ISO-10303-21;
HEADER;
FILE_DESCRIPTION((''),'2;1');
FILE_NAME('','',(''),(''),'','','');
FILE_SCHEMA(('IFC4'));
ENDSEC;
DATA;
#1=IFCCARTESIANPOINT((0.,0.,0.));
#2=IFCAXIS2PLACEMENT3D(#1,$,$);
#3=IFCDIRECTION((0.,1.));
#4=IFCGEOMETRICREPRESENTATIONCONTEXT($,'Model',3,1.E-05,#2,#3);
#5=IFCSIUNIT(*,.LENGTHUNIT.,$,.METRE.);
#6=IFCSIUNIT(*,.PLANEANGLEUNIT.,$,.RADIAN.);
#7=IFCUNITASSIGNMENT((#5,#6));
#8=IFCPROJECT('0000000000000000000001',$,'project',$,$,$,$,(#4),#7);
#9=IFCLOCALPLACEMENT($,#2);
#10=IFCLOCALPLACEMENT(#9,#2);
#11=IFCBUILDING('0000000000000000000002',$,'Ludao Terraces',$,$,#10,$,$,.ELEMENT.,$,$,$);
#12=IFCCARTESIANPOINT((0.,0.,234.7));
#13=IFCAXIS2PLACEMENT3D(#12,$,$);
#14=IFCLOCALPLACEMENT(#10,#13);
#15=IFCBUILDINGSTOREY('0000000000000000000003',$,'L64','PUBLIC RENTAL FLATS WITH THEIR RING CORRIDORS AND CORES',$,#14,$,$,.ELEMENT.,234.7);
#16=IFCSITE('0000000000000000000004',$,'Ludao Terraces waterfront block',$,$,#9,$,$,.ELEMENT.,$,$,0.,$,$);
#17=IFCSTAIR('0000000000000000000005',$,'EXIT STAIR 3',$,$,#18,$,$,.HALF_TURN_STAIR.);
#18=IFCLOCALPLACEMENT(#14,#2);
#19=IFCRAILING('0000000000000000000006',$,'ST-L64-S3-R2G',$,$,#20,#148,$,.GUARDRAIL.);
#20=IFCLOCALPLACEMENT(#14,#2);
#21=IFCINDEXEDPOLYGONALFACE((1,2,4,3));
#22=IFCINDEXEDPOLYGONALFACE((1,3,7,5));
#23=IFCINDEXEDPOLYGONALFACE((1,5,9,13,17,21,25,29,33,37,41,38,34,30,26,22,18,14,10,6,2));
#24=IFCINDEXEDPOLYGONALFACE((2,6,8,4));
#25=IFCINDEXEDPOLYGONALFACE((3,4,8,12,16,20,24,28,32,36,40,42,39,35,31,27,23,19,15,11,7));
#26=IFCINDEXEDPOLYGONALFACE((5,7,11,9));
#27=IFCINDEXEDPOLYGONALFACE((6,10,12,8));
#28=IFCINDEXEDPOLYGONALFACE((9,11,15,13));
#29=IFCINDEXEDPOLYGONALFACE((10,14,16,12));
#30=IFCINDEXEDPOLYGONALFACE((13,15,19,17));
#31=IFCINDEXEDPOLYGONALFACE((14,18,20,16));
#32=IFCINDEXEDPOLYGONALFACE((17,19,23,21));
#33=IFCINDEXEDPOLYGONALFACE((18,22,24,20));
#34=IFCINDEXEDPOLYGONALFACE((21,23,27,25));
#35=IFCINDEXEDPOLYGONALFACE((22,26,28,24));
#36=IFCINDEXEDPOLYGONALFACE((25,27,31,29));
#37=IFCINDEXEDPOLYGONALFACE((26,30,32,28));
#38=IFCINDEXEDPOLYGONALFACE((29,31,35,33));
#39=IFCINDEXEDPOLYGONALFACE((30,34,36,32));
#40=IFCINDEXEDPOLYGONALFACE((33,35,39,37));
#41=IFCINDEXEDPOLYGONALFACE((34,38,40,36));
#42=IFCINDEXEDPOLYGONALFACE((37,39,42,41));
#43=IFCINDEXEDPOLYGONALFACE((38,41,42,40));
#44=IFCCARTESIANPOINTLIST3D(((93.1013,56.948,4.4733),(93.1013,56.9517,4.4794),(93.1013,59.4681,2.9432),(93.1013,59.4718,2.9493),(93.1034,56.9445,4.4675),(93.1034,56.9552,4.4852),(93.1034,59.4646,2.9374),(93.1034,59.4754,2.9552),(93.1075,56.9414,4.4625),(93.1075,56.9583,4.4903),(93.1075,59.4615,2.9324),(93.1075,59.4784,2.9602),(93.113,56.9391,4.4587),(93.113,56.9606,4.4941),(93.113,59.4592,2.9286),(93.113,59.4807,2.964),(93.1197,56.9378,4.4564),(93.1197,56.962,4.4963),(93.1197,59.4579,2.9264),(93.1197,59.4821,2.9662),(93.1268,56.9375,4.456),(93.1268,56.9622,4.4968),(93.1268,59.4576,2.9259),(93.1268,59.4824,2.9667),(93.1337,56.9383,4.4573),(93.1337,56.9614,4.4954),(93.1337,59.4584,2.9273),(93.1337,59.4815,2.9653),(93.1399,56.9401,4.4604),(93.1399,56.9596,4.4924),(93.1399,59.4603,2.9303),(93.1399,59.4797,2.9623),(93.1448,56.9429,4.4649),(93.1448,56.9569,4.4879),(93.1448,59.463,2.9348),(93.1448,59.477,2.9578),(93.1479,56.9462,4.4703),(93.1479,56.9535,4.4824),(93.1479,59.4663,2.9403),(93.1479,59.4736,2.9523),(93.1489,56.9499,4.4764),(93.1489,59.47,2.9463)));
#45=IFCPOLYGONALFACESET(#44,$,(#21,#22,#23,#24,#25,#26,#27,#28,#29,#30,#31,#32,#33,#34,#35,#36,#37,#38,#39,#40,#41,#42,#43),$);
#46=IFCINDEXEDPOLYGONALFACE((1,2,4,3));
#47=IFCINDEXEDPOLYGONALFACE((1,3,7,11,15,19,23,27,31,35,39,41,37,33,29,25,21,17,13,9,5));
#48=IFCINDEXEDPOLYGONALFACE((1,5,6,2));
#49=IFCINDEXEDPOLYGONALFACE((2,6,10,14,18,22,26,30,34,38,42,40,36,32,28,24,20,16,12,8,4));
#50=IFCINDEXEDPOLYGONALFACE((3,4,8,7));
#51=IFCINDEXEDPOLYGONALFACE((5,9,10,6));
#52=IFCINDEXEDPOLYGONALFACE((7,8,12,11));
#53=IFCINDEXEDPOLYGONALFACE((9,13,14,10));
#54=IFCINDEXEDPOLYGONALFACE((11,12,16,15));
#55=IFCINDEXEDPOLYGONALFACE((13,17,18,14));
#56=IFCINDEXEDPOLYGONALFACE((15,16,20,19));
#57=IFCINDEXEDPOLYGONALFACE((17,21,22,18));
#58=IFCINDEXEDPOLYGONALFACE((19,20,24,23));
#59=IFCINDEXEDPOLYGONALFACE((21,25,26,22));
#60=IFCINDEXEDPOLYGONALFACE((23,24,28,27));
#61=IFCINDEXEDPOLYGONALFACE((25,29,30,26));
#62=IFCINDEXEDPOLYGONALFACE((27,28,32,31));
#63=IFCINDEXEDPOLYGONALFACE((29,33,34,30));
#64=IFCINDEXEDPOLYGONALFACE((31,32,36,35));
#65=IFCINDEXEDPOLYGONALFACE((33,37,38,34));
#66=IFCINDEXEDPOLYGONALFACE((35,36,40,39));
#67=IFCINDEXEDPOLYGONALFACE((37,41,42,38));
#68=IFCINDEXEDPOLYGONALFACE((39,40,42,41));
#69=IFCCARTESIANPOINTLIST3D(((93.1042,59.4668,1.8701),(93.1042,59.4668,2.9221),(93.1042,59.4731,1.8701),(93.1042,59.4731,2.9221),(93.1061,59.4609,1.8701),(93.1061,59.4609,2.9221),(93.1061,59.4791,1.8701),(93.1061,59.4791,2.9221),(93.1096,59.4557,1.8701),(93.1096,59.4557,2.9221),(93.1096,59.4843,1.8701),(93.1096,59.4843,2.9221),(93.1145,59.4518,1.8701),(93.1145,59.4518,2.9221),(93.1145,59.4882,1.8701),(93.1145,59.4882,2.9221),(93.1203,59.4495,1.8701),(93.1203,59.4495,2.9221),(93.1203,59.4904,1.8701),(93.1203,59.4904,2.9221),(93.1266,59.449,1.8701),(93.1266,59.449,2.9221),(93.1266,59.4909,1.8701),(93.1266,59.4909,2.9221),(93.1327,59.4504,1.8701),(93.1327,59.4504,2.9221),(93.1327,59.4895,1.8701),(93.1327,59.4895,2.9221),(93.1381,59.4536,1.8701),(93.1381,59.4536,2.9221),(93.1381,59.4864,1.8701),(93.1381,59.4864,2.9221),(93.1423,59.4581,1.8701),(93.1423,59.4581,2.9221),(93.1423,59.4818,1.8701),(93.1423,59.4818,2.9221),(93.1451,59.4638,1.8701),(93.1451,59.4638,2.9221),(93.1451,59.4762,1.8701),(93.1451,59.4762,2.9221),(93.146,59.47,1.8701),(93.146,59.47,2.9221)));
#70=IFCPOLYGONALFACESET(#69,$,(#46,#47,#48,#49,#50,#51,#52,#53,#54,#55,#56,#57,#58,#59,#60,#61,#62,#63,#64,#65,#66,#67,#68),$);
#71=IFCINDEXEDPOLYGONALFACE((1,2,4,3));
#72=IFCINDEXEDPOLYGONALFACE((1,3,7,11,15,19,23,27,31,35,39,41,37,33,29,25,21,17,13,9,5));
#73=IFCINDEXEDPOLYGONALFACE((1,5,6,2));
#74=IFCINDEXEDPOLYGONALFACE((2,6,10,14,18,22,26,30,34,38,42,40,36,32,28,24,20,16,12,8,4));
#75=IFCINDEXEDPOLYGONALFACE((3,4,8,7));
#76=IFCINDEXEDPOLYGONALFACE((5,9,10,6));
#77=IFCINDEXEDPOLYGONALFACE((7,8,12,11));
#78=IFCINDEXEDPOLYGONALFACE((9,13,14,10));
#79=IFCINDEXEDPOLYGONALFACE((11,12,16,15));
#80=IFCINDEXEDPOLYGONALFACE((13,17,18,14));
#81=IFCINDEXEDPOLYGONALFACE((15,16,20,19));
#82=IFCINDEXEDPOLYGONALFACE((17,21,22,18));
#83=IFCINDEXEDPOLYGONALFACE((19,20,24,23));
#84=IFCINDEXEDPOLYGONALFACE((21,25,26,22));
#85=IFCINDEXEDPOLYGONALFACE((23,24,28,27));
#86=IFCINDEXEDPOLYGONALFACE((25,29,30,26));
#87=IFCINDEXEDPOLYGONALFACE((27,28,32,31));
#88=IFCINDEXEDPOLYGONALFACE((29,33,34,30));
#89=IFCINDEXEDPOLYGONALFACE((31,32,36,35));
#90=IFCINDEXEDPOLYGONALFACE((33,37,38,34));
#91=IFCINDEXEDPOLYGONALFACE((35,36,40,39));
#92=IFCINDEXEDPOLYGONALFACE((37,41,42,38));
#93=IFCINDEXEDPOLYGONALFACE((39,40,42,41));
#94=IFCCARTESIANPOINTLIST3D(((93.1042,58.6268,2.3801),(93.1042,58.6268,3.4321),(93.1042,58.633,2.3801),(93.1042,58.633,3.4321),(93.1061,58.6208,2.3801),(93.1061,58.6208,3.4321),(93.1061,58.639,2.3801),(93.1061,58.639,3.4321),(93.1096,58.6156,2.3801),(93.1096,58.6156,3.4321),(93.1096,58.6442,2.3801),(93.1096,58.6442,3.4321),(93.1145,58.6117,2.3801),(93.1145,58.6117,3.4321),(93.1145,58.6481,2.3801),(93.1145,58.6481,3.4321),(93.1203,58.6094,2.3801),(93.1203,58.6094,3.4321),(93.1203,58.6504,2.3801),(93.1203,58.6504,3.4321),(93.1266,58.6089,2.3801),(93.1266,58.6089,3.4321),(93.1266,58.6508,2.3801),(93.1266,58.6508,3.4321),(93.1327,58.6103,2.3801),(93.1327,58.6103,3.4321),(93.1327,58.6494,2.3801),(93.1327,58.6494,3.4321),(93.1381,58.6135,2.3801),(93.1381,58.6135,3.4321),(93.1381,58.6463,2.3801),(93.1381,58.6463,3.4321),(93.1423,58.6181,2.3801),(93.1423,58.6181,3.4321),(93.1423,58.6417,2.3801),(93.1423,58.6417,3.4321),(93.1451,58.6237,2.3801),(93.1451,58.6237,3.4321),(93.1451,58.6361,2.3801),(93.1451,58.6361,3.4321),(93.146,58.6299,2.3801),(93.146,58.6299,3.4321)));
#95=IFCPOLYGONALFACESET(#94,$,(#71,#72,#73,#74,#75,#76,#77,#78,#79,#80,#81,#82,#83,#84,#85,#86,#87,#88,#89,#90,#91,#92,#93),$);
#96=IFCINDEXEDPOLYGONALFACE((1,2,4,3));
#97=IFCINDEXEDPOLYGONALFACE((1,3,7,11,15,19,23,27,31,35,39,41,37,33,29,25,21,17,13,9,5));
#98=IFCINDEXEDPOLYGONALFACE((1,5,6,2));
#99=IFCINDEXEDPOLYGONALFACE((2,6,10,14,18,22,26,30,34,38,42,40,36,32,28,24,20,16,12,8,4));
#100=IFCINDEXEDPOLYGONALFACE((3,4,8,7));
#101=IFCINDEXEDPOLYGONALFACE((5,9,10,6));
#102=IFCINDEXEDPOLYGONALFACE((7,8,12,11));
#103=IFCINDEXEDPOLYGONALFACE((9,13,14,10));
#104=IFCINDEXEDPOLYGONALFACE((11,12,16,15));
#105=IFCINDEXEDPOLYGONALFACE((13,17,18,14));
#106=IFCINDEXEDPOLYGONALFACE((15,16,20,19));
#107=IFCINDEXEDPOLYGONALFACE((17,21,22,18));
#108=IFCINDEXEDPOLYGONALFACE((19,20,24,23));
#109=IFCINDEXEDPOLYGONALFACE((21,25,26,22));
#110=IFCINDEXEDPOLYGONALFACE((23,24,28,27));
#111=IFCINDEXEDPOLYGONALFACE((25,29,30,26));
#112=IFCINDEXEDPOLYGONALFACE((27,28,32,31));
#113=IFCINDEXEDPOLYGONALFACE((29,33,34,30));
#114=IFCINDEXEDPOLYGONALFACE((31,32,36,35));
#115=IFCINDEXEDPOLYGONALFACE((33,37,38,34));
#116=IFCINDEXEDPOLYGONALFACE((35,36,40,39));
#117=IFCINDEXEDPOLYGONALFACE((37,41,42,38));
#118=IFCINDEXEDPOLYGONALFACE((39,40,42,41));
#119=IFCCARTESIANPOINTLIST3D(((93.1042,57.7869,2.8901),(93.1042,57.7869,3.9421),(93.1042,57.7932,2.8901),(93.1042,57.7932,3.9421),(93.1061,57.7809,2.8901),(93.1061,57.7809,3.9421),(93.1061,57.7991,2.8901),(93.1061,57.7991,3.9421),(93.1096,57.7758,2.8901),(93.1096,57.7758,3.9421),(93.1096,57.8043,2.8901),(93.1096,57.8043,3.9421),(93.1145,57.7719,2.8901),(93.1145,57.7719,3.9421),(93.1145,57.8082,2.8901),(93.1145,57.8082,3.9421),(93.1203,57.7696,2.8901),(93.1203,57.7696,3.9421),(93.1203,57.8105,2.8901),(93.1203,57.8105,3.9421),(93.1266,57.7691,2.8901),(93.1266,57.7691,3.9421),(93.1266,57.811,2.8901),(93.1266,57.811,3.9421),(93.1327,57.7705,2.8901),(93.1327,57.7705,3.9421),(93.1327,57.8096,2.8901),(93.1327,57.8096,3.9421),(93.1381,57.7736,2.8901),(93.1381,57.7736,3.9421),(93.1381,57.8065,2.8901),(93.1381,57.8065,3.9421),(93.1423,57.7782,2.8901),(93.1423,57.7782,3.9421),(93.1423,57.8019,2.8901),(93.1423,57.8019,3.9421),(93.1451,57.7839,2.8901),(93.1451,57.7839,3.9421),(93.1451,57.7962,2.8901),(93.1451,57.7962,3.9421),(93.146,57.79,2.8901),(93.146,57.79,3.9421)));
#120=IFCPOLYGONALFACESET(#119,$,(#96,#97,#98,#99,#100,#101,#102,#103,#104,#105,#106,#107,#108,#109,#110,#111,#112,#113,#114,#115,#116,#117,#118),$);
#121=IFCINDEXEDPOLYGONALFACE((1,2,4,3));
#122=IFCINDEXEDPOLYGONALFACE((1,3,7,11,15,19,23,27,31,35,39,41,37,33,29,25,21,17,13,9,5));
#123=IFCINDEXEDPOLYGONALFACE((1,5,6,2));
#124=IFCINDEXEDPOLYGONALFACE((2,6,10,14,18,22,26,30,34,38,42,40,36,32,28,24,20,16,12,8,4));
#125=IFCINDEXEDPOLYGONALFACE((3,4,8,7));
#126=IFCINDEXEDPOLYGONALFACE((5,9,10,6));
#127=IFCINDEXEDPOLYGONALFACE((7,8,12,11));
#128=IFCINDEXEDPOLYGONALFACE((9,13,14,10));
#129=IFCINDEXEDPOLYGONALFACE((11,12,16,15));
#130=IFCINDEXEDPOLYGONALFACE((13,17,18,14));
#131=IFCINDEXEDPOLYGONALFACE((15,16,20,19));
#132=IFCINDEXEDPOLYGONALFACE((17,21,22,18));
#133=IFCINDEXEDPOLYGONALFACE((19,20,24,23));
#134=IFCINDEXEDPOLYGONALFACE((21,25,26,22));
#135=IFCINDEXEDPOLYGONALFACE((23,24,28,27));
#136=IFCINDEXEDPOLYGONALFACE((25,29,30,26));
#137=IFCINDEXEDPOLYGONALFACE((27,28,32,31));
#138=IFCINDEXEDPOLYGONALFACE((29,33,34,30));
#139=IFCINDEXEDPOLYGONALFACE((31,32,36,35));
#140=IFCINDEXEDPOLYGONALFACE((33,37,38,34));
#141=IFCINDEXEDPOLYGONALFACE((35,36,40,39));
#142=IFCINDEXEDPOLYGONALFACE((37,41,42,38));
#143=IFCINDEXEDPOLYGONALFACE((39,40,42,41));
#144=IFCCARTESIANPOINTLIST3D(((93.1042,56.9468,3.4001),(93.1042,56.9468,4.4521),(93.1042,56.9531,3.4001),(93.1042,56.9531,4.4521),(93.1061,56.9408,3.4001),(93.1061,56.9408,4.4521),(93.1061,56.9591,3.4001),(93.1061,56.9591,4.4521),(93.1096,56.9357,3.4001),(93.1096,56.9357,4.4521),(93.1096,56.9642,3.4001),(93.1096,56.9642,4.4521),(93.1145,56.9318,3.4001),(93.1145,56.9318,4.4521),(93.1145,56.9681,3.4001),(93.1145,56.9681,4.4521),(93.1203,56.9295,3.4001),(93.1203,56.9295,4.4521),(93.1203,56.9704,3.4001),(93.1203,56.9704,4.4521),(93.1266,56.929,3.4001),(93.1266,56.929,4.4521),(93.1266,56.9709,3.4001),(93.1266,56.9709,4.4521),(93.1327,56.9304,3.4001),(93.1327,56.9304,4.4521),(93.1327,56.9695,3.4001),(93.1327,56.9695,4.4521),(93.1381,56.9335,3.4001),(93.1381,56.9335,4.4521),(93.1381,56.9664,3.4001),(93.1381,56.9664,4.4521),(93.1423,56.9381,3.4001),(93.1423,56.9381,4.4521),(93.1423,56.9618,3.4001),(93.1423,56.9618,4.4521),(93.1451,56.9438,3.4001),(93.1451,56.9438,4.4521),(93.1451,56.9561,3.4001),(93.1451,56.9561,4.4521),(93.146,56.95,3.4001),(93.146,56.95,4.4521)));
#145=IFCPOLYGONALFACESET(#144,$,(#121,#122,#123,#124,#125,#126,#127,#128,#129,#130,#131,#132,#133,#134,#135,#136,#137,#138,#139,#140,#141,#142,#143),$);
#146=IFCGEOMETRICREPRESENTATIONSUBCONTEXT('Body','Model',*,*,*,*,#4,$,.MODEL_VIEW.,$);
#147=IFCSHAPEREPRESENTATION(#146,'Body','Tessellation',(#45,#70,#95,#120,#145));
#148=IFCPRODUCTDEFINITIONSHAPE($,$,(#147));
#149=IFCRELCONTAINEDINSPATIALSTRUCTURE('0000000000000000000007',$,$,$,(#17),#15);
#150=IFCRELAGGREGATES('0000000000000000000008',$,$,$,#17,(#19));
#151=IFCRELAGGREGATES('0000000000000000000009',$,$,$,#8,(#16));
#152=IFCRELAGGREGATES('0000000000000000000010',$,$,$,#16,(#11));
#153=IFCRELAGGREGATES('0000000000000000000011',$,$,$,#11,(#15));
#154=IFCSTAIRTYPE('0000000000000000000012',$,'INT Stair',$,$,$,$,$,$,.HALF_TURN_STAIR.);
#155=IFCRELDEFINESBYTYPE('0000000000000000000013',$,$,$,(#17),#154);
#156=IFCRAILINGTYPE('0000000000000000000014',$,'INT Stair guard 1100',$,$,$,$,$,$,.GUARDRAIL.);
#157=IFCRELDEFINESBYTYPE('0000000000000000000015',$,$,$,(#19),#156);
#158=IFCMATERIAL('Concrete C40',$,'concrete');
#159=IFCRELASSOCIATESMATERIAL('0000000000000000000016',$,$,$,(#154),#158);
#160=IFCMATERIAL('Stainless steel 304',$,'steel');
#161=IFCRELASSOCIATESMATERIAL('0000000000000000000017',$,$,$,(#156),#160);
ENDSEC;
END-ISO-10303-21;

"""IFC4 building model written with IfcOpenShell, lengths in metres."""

from ifc_helpers import new_model, si_unit, direction, frame, origin, origin_2d, place, context, subcontext, project, spatial, circle, extrude, material, type_object, element, aggregate, save


model = new_model("IFC4")

# Units and contexts
model_context = context("Model", 3, precision=1e-05, world=origin(), true_north=direction((0.0, 1.0)))
body_context = subcontext(model_context, "Body", "Model", "MODEL_VIEW")
ifc_project = project(units=[si_unit("LENGTHUNIT", "METRE"), si_unit("PLANEANGLEUNIT", "RADIAN")], contexts=[model_context])

# Site, building, storey
site_placement = place(None, origin())
site = spatial("IfcSite", under=ifc_project, at=site_placement, Name="Ludao Terraces waterfront block", CompositionType="ELEMENT", RefElevation=0.0)
building_placement = place(site_placement, origin())
building = spatial("IfcBuilding", under=site, at=building_placement, Name="Ludao Terraces", CompositionType="ELEMENT")
storey_placement = place(building_placement, frame((0.0, 0.0, 234.7)))
storey = spatial("IfcBuildingStorey", under=building, at=storey_placement, Name="L64", Description="PUBLIC RENTAL FLATS WITH THEIR RING CORRIDORS AND CORES", CompositionType="ELEMENT", Elevation=234.7)

# Shared definitions
ifc_material_1 = material(Name="Concrete C40", Category="concrete")

# Stair, railing
stair_type = type_object("IfcStairType", Name="INT Stair", PredefinedType="HALF_TURN_STAIR", material=ifc_material_1)
stair_placement = place(storey_placement, origin())
stair = element("IfcStair", 1, at=stair_placement, inside=storey, type_object=stair_type, Name="EXIT STAIR 3", PredefinedType="HALF_TURN_STAIR")
ifc_material_2 = material(Name="Stainless steel 304", Category="steel")
railing_type_1 = type_object("IfcRailingType", Name="INT Stair guard 1100", PredefinedType="GUARDRAIL", material=ifc_material_2)
railing_1_placement = place(storey_placement, frame((93.125, 59.47, 1.8701)))
railing_1 = element("IfcRailing", 2, at=railing_1_placement, type_object=railing_type_1, Name="ST-L64-S3-R2G", PredefinedType="GUARDRAIL", context=body_context, shape_type="SweptSolid", body=[
    extrude(circle(Radius=0.0239, at=origin_2d()), frame((0.0, 0.0, 1.0762), z_axis=(0.0, -0.854785, 0.518982), x_axis=(1.0, 0.0, 0.0)), (0.0, 0.0, 1.0), 2.9482),
    extrude(circle(Radius=0.021, at=origin_2d()), origin(), (0.0, 0.0, 1.0), 1.052),
    extrude(circle(Radius=0.021, at=origin_2d()), frame((0.0, -0.8401, 0.51)), (0.0, 0.0, 1.0), 1.052),
    extrude(circle(Radius=0.021, at=origin_2d()), frame((0.0, -1.6799, 1.02)), (0.0, 0.0, 1.0), 1.052),
    extrude(circle(Radius=0.021, at=origin_2d()), frame((0.0, -2.52, 1.53)), (0.0, 0.0, 1.0), 1.052),
])
aggregate(stair, [railing_1])

save(model, "model.ifc")
